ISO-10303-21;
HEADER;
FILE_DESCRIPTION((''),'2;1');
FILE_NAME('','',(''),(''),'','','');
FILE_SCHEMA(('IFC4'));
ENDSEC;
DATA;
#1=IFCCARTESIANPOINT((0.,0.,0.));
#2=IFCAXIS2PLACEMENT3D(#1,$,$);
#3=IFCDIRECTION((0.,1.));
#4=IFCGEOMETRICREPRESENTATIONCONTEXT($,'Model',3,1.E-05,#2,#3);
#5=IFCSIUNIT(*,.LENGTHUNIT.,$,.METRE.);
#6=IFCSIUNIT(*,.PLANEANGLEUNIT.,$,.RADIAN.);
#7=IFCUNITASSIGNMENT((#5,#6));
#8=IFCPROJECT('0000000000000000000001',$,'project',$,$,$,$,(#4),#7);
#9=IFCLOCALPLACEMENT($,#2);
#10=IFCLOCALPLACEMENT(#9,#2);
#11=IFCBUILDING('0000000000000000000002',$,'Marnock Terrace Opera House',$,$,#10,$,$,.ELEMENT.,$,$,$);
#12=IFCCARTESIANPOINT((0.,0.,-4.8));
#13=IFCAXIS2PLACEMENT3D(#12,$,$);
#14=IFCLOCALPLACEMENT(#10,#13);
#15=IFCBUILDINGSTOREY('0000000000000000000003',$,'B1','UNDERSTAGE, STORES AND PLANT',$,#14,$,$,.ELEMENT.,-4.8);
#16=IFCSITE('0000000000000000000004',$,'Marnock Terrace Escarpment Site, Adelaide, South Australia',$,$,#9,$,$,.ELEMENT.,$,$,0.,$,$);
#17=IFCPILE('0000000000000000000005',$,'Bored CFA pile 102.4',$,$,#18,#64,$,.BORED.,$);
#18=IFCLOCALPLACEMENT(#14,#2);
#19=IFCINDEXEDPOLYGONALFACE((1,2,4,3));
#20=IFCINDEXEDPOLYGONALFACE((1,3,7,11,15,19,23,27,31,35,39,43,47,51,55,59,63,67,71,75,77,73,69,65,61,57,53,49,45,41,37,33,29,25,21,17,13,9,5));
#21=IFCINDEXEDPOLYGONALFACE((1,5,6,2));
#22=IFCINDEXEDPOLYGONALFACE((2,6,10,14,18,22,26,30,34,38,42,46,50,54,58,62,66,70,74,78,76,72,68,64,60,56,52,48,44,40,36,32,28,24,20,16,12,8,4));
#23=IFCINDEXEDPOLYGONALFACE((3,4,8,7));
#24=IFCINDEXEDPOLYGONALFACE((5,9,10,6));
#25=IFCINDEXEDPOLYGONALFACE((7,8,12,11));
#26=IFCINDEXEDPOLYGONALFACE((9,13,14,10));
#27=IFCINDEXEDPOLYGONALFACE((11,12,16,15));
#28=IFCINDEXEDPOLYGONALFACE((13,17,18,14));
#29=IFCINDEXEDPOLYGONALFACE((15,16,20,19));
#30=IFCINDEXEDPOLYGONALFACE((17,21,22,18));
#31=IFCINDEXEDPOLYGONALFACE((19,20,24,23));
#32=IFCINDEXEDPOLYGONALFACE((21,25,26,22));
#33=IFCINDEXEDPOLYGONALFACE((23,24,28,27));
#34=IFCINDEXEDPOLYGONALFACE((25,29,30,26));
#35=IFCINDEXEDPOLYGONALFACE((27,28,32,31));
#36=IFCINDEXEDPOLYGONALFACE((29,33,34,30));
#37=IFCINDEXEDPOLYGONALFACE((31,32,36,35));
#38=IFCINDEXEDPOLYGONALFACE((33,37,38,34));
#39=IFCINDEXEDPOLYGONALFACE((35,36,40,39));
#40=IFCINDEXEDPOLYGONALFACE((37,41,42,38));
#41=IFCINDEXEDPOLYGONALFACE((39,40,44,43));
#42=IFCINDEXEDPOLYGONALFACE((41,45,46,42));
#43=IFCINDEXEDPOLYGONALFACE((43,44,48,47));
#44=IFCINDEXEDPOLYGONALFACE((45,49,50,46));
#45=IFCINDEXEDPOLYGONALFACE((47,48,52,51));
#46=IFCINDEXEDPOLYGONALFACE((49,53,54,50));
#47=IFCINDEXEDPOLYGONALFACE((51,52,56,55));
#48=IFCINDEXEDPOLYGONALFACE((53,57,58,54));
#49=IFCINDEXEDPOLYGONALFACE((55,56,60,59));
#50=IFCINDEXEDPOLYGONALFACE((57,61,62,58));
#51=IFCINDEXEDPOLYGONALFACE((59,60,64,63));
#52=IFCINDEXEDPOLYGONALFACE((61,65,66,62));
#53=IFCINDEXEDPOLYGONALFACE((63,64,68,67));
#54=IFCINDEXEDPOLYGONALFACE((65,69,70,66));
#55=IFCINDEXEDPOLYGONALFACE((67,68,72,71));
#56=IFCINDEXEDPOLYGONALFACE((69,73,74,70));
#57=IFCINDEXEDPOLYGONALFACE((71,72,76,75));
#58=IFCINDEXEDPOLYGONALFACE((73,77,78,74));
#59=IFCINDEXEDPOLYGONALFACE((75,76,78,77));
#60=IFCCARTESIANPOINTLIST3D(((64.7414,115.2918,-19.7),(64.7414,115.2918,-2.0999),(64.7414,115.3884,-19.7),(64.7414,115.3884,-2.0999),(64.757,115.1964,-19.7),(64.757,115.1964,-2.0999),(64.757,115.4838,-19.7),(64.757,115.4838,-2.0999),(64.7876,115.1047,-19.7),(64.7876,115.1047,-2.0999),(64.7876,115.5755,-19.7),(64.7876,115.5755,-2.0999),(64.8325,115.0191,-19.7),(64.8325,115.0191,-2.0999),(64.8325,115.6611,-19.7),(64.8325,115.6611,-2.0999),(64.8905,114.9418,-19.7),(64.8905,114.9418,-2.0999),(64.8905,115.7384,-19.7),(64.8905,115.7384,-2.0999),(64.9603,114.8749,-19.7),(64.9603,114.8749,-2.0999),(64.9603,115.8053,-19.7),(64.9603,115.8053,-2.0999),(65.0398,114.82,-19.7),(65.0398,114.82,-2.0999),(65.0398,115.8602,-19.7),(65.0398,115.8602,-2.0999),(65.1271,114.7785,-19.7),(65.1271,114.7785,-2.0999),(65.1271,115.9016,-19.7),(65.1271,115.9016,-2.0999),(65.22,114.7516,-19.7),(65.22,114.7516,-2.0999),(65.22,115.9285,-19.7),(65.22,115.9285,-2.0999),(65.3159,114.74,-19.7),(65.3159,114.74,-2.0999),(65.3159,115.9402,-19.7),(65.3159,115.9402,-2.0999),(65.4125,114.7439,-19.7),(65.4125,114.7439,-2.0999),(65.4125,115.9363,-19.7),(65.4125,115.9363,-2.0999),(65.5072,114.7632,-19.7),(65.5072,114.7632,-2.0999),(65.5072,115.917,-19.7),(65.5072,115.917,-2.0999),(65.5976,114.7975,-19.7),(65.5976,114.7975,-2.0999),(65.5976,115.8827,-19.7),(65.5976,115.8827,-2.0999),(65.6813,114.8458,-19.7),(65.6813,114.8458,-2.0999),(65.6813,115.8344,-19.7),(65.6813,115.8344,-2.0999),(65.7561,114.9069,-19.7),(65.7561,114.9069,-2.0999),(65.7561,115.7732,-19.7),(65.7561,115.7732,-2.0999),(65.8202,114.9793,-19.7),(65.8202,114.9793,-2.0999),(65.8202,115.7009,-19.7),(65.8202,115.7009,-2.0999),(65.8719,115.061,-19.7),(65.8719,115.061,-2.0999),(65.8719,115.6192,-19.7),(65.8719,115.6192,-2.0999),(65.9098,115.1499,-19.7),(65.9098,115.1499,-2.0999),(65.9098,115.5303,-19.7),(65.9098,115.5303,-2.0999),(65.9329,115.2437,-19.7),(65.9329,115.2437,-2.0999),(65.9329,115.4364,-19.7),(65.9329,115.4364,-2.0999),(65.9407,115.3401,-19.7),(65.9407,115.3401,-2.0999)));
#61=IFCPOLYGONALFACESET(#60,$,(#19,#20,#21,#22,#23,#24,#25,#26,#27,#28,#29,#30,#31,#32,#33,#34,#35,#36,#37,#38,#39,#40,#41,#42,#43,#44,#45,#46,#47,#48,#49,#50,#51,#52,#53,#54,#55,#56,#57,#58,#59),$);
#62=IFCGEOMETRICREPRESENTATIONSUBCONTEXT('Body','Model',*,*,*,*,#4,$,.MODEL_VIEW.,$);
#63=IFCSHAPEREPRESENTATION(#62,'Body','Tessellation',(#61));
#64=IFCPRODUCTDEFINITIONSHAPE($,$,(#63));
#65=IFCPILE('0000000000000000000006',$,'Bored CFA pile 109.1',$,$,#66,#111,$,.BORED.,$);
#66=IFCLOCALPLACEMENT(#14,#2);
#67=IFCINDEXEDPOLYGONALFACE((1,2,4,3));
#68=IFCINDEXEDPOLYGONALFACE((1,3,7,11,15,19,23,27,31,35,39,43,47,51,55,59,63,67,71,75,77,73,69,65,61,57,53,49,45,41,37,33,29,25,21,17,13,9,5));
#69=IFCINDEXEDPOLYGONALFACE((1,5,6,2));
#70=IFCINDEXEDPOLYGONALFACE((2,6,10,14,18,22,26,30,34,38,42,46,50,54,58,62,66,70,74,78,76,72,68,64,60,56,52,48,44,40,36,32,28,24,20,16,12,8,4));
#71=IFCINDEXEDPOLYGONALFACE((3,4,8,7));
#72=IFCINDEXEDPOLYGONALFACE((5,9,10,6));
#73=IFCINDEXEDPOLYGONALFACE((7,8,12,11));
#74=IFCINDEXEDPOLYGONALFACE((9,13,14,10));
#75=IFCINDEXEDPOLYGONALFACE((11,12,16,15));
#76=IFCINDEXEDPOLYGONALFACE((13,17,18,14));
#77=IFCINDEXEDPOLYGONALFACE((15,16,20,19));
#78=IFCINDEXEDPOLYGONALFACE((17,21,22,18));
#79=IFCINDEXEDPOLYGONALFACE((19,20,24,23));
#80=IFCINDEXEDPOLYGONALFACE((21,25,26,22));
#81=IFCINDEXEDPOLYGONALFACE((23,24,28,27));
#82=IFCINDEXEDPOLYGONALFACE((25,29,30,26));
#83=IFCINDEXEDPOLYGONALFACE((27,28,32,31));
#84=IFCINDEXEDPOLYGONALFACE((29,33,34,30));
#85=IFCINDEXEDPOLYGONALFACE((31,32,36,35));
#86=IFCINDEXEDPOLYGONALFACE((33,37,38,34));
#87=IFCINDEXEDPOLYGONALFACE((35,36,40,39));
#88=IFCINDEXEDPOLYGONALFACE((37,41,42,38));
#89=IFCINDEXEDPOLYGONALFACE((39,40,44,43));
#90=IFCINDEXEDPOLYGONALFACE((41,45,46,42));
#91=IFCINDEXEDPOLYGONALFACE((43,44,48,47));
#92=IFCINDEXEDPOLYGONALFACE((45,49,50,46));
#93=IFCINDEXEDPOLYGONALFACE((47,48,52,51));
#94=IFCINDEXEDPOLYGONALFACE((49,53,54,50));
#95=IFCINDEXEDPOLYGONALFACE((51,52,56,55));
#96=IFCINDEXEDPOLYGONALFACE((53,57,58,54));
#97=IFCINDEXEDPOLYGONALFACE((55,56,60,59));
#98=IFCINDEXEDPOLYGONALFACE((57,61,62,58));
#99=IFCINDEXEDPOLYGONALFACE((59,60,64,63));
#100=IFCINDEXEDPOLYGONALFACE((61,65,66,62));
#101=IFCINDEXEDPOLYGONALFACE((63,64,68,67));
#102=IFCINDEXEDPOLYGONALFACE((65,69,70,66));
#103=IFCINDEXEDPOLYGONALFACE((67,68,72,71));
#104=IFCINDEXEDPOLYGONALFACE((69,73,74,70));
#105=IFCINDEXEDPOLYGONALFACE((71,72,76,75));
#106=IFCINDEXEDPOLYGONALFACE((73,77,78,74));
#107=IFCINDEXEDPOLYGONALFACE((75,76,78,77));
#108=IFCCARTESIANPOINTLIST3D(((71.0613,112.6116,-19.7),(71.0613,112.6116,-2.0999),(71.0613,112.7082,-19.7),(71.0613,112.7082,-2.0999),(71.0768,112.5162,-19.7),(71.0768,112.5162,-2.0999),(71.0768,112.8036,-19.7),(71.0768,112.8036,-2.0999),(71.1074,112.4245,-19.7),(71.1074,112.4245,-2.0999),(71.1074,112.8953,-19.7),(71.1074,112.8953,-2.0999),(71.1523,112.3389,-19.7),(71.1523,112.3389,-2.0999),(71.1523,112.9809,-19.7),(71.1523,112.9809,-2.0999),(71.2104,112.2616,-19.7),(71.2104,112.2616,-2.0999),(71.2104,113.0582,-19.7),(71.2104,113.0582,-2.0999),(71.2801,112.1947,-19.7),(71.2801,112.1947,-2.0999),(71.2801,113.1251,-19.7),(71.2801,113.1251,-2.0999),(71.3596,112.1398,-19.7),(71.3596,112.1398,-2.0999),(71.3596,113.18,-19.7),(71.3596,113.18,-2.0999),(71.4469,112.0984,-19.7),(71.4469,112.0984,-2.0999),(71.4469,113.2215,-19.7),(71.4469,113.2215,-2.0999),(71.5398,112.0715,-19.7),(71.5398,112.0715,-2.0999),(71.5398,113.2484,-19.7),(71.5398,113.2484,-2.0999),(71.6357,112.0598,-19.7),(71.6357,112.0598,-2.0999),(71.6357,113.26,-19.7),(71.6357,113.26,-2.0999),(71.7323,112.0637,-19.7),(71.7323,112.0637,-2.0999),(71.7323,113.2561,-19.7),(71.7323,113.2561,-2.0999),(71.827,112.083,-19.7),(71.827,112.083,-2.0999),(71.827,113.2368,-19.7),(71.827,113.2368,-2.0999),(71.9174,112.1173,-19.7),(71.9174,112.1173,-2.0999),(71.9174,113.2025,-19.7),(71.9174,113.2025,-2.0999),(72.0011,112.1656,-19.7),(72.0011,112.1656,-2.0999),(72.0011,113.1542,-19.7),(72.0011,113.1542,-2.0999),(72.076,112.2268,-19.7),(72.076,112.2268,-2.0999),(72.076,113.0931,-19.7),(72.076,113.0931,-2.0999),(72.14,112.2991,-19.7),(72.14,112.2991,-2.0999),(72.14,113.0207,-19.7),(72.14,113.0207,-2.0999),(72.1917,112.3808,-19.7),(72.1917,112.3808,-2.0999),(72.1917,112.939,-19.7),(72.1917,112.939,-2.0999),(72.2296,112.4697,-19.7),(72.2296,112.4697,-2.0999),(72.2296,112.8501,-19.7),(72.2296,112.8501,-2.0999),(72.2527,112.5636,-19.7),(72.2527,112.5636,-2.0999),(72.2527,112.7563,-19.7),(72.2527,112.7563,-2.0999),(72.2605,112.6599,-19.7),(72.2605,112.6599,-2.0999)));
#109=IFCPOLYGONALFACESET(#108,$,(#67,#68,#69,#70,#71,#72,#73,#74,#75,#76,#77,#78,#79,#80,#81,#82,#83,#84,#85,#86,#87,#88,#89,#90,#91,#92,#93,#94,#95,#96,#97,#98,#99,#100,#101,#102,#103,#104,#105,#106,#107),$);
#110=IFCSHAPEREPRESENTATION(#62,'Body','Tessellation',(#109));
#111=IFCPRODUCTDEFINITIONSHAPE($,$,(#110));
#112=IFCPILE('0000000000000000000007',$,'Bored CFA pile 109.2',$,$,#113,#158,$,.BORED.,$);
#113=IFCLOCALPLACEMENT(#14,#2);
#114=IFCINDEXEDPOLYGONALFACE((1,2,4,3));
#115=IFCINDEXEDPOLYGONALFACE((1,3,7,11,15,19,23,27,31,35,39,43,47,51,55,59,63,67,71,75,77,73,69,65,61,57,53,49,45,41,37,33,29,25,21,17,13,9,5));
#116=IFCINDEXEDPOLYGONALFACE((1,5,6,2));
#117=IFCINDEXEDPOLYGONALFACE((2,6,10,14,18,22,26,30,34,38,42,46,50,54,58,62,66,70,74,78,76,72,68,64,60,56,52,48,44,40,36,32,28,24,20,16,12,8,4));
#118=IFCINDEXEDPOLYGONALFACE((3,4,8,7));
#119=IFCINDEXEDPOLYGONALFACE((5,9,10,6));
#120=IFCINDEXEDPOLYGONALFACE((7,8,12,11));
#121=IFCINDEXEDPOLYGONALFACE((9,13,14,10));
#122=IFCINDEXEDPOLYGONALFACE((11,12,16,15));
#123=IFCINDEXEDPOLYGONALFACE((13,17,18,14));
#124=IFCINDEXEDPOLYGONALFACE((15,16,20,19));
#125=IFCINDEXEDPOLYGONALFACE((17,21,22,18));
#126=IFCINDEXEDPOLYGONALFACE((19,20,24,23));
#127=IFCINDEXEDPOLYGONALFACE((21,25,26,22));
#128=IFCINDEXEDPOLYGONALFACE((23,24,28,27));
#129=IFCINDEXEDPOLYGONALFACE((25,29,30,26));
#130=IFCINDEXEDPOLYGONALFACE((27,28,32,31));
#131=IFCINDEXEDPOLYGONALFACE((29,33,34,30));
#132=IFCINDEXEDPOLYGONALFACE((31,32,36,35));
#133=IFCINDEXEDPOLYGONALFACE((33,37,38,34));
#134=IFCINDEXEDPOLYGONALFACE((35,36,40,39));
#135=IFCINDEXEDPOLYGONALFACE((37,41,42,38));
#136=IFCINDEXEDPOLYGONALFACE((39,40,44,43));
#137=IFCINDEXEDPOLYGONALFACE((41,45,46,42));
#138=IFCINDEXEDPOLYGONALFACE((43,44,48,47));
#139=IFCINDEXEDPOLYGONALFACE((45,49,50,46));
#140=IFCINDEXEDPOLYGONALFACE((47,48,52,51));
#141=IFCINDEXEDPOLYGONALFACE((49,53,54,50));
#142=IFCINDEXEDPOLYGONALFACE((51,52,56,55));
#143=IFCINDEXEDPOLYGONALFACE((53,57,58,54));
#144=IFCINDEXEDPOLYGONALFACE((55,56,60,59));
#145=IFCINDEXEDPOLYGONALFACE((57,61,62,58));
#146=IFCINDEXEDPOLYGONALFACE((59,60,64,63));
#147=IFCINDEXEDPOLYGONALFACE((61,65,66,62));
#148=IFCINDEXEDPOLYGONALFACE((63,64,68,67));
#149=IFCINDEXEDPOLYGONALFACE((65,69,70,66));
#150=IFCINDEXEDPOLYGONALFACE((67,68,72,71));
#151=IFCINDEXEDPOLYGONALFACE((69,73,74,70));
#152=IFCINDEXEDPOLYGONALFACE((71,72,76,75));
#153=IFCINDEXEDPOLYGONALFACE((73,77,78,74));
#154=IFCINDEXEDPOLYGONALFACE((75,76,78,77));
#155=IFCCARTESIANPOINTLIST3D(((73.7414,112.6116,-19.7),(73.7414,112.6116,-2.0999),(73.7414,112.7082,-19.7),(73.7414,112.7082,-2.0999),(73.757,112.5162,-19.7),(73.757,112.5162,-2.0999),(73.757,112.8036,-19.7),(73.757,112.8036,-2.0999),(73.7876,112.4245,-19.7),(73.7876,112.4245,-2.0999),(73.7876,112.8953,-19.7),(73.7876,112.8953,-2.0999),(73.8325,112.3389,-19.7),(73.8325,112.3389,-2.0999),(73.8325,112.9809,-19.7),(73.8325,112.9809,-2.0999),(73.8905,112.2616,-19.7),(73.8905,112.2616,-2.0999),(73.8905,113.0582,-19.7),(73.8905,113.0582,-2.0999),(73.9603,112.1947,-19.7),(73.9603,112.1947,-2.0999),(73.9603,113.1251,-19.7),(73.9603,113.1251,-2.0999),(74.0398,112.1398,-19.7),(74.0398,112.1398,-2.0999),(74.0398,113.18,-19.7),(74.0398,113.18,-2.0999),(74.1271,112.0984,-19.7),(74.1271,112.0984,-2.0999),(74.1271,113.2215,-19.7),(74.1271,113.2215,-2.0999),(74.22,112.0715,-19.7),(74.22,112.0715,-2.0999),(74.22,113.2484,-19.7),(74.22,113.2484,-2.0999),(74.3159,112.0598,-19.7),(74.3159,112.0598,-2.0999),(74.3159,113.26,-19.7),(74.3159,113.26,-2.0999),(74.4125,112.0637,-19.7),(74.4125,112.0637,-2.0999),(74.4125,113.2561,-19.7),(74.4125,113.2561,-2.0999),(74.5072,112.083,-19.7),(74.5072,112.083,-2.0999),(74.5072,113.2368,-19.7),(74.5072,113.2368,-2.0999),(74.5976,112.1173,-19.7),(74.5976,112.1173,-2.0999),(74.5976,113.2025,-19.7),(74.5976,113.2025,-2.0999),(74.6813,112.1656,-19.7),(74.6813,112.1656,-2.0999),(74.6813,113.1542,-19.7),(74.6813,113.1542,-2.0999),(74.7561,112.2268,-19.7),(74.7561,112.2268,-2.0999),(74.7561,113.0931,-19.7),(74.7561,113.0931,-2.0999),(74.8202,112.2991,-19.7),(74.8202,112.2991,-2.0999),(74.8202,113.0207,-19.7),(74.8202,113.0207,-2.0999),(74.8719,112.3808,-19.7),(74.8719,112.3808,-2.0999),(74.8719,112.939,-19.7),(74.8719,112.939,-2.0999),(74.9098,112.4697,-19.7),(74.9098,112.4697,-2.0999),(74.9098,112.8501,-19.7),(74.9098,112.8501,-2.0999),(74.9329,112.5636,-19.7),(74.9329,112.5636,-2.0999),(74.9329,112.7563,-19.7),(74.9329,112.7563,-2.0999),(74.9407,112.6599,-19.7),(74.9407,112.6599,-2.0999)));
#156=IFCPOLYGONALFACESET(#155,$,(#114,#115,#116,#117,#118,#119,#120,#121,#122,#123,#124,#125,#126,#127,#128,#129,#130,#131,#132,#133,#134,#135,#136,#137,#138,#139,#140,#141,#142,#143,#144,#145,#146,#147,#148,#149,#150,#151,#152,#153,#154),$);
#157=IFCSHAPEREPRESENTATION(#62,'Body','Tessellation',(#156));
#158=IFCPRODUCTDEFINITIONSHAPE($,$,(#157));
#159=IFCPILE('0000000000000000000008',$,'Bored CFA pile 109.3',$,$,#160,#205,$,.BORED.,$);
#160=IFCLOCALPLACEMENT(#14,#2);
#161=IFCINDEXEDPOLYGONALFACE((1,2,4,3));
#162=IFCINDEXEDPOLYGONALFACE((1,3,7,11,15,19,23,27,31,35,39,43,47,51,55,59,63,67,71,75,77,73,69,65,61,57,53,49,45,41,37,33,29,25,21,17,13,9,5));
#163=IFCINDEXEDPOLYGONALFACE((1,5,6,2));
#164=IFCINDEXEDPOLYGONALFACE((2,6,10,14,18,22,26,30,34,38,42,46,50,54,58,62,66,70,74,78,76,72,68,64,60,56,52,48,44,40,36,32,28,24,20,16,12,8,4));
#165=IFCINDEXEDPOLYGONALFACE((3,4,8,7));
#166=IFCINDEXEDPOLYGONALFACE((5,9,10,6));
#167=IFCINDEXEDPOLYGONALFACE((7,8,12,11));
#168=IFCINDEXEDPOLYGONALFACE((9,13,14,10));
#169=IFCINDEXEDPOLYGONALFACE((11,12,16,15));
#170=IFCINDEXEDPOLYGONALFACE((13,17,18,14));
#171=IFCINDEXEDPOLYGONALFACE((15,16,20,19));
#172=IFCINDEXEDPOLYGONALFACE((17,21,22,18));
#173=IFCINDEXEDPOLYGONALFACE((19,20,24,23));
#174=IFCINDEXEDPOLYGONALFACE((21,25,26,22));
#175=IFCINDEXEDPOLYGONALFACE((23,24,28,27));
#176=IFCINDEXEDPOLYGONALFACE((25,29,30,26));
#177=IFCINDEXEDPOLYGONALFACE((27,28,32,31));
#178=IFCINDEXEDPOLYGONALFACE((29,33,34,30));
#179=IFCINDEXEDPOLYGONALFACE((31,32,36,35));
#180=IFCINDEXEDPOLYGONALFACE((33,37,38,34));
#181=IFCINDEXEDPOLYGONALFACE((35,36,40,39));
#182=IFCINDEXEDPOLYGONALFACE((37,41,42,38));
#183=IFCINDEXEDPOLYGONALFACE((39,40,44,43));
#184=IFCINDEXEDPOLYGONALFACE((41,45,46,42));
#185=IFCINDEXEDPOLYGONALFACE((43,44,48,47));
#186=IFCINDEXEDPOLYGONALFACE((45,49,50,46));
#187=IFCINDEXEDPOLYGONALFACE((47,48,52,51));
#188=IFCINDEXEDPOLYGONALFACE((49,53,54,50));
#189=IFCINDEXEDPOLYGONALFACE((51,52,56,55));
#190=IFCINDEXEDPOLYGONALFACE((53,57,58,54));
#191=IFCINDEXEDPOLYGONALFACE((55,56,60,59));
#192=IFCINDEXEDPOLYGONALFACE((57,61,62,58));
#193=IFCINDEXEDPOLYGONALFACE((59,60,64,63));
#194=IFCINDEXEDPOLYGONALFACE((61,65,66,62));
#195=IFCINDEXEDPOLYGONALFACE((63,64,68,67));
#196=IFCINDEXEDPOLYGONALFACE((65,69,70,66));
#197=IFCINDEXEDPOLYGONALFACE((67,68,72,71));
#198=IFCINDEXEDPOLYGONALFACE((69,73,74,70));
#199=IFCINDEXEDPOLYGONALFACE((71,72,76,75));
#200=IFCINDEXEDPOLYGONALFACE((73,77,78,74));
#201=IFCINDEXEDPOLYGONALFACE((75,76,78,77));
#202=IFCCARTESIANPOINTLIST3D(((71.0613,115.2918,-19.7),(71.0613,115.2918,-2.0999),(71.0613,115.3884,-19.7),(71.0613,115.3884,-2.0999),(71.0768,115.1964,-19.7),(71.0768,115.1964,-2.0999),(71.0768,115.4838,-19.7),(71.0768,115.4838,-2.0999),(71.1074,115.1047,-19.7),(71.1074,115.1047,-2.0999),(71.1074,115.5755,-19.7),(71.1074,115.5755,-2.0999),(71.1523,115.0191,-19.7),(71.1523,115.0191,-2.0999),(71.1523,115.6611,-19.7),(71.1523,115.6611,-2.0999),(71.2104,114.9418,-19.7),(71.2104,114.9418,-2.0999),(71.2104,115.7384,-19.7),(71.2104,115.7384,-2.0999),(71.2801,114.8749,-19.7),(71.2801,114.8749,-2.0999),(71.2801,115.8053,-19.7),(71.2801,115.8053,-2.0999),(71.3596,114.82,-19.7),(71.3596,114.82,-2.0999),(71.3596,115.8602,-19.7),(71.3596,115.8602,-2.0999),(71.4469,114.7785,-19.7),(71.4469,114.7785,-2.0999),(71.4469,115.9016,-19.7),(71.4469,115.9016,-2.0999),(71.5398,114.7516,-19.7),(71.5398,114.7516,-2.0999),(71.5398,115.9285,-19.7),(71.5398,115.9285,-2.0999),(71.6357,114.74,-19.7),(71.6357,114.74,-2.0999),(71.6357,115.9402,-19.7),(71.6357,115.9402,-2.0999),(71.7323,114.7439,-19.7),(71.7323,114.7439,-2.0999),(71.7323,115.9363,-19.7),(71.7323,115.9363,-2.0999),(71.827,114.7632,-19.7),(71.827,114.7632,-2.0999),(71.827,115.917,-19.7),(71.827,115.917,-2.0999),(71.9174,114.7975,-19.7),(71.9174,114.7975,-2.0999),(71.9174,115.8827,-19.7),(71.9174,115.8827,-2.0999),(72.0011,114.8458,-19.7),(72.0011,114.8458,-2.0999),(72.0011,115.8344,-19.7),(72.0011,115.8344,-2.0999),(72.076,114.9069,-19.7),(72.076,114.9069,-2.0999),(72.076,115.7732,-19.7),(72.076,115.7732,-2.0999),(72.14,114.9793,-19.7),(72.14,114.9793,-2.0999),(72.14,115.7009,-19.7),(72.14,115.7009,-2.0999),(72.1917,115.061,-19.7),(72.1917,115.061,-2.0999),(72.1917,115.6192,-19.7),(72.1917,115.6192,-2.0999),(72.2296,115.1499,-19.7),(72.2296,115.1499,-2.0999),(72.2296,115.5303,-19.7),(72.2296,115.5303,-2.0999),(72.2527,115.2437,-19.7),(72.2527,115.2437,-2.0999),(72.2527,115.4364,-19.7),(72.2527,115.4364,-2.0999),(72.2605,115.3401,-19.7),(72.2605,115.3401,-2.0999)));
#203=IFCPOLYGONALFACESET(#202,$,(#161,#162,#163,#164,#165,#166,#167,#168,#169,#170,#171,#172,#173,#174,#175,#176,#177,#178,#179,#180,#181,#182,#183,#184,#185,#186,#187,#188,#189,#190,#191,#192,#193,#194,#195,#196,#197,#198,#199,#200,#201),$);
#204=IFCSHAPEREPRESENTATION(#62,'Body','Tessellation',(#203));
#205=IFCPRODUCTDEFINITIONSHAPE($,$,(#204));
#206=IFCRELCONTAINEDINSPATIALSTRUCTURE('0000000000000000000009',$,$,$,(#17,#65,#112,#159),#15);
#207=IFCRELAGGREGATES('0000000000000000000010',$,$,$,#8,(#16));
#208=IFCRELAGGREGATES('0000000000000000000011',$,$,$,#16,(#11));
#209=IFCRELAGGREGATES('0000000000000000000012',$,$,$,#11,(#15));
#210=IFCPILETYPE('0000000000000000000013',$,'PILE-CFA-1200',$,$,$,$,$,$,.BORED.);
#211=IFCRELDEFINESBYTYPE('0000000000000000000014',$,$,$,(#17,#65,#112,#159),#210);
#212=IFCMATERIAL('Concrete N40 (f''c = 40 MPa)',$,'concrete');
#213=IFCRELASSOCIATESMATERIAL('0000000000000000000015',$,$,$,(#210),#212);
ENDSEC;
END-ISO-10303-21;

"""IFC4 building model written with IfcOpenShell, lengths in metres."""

from ifc_helpers import new_model, si_unit, direction, frame, origin, origin_2d, place, context, subcontext, project, spatial, circle, extrude, material, material_profile, profile_set, type_object, element, save


model = new_model("IFC4")

# Units and contexts
model_context = context("Model", 3, precision=1e-05, world=origin(), true_north=direction((0.0, 1.0)))
body_context = subcontext(model_context, "Body", "Model", "MODEL_VIEW")
ifc_project = project(units=[si_unit("LENGTHUNIT", "METRE"), si_unit("PLANEANGLEUNIT", "RADIAN")], contexts=[model_context])

# Site, building, storey
site_placement = place(None, origin())
site = spatial("IfcSite", under=ifc_project, at=site_placement, Name="Marnock Terrace Escarpment Site, Adelaide, South Australia", CompositionType="ELEMENT", RefElevation=0.0)
building_placement = place(site_placement, origin())
building = spatial("IfcBuilding", under=site, at=building_placement, Name="Marnock Terrace Opera House", CompositionType="ELEMENT")
storey_placement = place(building_placement, frame((0.0, 0.0, -4.8)))
storey = spatial("IfcBuildingStorey", under=building, at=storey_placement, Name="B1", Description="UNDERSTAGE, STORES AND PLANT", CompositionType="ELEMENT", Elevation=-4.8)

# Shared definitions
ifc_material_1 = material(Name="Concrete N40 (f'c = 40 MPa)", Category="concrete")

# Piles
ifc_material_profile_1 = material_profile(ifc_material_1, circle(Radius=0.6006, at=origin_2d()))
ifc_profile_set_1 = profile_set([ifc_material_profile_1], Name="Concrete N40 (f'c = 40 MPa)")
pile_type = type_object("IfcPileType", Name="PILE-CFA-1200", PredefinedType="BORED", material=ifc_profile_set_1)
for number, where, z_axis, x_axis, name in (
    (1, (65.3401, 115.3401, -2.0999), (0.0, 0.0, -1.0), (1.0, 0.0, 0.0), "Bored CFA pile 102.4"),
    (2, (71.6599, 112.6599, -2.0999), (0.0, 0.0, -1.0), (1.0, 0.0, 0.0), "Bored CFA pile 109.1"),
    (3, (74.3401, 112.6599, -2.0999), (0.0, 0.0, -1.0), (1.0, 0.0, 0.0), "Bored CFA pile 109.2"),
    (4, (71.6599, 115.3401, -2.0999), (0.0, 0.0, -1.0), (1.0, 0.0, 0.0), "Bored CFA pile 109.3"),
):
    element("IfcPile", number, at=place(storey_placement, frame(where, z_axis=z_axis, x_axis=x_axis)), inside=storey, type_object=pile_type, Name=name, PredefinedType="BORED", context=body_context, shape_type="SweptSolid", body=[
        extrude(circle(Radius=0.6006, at=origin_2d()), origin(), (0.0, 0.0, 1.0), 17.6001),
    ])

save(model, "model.ifc")
